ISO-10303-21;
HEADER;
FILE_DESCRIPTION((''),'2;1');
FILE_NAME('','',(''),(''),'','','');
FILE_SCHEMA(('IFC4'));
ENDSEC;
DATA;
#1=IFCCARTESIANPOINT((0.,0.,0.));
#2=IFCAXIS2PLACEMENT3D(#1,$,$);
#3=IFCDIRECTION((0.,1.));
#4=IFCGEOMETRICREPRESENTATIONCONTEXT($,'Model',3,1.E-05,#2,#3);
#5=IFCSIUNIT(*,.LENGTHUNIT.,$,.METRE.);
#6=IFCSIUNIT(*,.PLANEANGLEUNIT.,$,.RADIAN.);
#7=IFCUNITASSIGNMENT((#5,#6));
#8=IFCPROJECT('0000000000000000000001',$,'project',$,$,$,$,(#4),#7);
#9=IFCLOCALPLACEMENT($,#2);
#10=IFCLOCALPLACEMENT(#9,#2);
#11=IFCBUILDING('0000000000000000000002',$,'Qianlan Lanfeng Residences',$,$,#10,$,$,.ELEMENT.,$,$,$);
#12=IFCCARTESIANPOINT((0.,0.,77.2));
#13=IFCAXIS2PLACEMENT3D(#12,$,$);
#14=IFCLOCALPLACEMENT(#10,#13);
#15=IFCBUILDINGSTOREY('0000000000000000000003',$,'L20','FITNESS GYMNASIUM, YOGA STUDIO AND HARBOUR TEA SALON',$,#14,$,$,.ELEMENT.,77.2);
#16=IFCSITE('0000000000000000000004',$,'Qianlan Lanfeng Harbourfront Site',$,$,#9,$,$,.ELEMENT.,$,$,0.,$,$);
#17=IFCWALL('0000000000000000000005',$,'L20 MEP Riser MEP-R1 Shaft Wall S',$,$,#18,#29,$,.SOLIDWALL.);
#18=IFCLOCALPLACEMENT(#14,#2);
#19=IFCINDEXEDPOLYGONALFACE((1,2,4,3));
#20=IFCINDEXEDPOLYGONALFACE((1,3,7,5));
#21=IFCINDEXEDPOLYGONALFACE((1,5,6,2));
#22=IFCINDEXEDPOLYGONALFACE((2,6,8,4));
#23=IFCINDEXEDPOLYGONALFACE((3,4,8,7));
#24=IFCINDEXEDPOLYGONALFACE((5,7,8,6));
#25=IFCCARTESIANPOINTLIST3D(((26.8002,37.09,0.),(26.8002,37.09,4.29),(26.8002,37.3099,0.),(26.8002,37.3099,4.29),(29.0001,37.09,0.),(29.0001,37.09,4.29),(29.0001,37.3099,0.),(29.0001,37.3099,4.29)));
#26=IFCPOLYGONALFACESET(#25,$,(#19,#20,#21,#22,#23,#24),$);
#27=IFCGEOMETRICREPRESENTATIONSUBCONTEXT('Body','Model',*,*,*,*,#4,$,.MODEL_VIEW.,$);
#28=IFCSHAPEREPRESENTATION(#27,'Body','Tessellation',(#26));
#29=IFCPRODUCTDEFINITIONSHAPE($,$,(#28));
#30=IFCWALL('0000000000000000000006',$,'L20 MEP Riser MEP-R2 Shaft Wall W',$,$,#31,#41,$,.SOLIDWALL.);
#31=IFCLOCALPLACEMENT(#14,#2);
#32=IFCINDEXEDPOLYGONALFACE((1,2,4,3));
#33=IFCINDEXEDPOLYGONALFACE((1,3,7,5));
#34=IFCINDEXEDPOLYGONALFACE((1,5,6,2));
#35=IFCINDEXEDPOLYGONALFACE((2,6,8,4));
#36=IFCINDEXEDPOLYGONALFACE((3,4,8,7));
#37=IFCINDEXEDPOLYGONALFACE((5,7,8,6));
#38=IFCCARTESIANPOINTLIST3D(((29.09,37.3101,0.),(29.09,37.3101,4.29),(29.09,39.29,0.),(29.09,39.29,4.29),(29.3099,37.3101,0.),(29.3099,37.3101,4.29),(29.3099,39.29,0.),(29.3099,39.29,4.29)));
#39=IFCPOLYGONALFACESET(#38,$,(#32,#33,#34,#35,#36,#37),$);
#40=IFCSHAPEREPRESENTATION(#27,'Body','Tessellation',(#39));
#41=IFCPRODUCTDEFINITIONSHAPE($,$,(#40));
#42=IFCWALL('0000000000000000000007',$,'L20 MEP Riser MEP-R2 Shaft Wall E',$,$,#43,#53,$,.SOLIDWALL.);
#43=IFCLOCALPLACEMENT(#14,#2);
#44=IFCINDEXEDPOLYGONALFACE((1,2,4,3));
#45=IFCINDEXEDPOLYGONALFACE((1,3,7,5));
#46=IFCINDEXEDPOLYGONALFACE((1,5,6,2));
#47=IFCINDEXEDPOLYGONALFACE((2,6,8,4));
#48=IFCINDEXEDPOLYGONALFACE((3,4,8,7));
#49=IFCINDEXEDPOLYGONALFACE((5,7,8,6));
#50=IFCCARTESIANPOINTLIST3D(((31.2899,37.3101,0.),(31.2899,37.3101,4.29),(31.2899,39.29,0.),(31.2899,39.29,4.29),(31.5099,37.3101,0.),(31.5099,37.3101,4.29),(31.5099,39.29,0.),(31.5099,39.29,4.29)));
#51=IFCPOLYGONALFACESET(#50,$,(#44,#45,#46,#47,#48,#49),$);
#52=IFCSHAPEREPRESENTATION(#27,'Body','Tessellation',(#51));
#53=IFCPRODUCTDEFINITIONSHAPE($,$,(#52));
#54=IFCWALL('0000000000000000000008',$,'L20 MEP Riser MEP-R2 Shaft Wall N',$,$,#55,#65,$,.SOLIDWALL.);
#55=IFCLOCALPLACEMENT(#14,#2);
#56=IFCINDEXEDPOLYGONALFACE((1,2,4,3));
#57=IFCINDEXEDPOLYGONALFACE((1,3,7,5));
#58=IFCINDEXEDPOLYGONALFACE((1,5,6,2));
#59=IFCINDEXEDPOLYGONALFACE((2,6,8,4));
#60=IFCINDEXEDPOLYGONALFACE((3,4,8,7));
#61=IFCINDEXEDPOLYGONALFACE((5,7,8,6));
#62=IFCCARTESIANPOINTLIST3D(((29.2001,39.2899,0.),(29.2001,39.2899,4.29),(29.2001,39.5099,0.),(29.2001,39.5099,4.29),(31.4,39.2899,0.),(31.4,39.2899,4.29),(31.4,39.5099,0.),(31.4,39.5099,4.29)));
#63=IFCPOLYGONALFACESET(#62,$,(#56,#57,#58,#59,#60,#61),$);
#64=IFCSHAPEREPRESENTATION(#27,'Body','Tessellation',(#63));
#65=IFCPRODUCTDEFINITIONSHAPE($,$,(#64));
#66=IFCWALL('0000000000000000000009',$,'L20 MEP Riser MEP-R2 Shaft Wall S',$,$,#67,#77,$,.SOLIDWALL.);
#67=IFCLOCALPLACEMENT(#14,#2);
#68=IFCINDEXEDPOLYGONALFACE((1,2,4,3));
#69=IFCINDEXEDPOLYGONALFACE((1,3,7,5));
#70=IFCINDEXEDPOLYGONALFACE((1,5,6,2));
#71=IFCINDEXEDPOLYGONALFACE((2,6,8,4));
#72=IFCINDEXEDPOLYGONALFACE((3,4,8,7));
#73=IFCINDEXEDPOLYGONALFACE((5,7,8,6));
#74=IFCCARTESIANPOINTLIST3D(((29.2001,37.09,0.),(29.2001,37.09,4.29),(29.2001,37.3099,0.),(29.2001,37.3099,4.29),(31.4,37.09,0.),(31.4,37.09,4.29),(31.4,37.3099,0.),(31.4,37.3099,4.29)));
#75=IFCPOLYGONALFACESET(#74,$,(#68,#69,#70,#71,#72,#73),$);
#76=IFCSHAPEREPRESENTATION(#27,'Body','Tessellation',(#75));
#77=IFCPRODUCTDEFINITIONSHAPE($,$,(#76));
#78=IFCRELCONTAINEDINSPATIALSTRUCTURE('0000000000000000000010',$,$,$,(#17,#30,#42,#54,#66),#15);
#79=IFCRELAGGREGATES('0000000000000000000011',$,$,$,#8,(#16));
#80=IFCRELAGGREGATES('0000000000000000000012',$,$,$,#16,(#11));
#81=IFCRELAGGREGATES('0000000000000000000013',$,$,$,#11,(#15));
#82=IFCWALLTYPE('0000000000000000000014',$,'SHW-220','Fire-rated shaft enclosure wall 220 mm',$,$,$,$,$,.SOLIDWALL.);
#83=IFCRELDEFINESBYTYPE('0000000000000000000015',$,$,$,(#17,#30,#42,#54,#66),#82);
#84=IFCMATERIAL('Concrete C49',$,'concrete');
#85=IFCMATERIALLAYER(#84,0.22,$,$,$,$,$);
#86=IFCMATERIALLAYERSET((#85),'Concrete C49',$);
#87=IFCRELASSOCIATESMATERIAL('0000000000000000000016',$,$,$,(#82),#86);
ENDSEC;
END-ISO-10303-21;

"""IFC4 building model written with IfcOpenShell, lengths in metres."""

from ifc_helpers import new_model, si_unit, direction, frame, frame_2d, origin, place, context, subcontext, project, spatial, rectangle, extrude, material, layer, layer_set, type_object, element, save


model = new_model("IFC4")

# Units and contexts
model_context = context("Model", 3, precision=1e-05, world=origin(), true_north=direction((0.0, 1.0)))
body_context = subcontext(model_context, "Body", "Model", "MODEL_VIEW")
ifc_project = project(units=[si_unit("LENGTHUNIT", "METRE"), si_unit("PLANEANGLEUNIT", "RADIAN")], contexts=[model_context])

# Site, building, storey
site_placement = place(None, origin())
site = spatial("IfcSite", under=ifc_project, at=site_placement, Name="Qianlan Lanfeng Harbourfront Site", CompositionType="ELEMENT", RefElevation=0.0)
building_placement = place(site_placement, origin())
building = spatial("IfcBuilding", under=site, at=building_placement, Name="Qianlan Lanfeng Residences", CompositionType="ELEMENT")
storey_placement = place(building_placement, frame((0.0, 0.0, 77.2)))
storey = spatial("IfcBuildingStorey", under=building, at=storey_placement, Name="L20", Description="FITNESS GYMNASIUM, YOGA STUDIO AND HARBOUR TEA SALON", CompositionType="ELEMENT", Elevation=77.2)

# Walls
ifc_material_1 = material(Name="Concrete C49", Category="concrete")
ifc_layer_1 = layer(ifc_material_1, 0.22)
ifc_layer_set_1 = layer_set([ifc_layer_1], Name="Concrete C49")
wall_type_1 = type_object("IfcWallType", Name="SHW-220", Description="Fire-rated shaft enclosure wall 220 mm", PredefinedType="SOLIDWALL", material=ifc_layer_set_1)
for number, where, z_axis, x_axis, name in (
    (1, (26.8, 37.2, 0.0), (0.0, 0.0, 1.0), (1.0, 0.0, 0.0), "L20 MEP Riser MEP-R1 Shaft Wall S"),
):
    element("IfcWall", number, at=place(storey_placement, frame(where, z_axis=z_axis, x_axis=x_axis)), inside=storey, type_object=wall_type_1, Name=name, PredefinedType="SOLIDWALL", context=body_context, shape_type="SweptSolid", body=[
        extrude(rectangle(XDim=2.2, YDim=0.22, at=frame_2d((1.1001, 0.0))), origin(), (0.0, 0.0, 1.0), 4.29),
    ])
for number, where, z_axis, x_axis, name in (
    (2, (29.2, 37.3101, 0.0), (0.0, 0.0, 1.0), (0.0, 1.0, 0.0), "L20 MEP Riser MEP-R2 Shaft Wall W"),
    (3, (31.3999, 37.3101, 0.0), (0.0, 0.0, 1.0), (0.0, 1.0, 0.0), "L20 MEP Riser MEP-R2 Shaft Wall E"),
):
    element("IfcWall", number, at=place(storey_placement, frame(where, z_axis=z_axis, x_axis=x_axis)), inside=storey, type_object=wall_type_1, Name=name, PredefinedType="SOLIDWALL", context=body_context, shape_type="SweptSolid", body=[
        extrude(rectangle(XDim=1.98, YDim=0.22, at=frame_2d((0.99, 0.0))), origin(), (0.0, 0.0, 1.0), 4.29),
    ])
for number, where, z_axis, x_axis, name in (
    (4, (29.2, 39.3999, 0.0), (0.0, 0.0, 1.0), (1.0, 0.0, 0.0), "L20 MEP Riser MEP-R2 Shaft Wall N"),
    (5, (29.2, 37.2, 0.0), (0.0, 0.0, 1.0), (1.0, 0.0, 0.0), "L20 MEP Riser MEP-R2 Shaft Wall S"),
):
    element("IfcWall", number, at=place(storey_placement, frame(where, z_axis=z_axis, x_axis=x_axis)), inside=storey, type_object=wall_type_1, Name=name, PredefinedType="SOLIDWALL", context=body_context, shape_type="SweptSolid", body=[
        extrude(rectangle(XDim=2.2, YDim=0.22, at=frame_2d((1.1001, 0.0))), origin(), (0.0, 0.0, 1.0), 4.29),
    ])

save(model, "model.ifc")
